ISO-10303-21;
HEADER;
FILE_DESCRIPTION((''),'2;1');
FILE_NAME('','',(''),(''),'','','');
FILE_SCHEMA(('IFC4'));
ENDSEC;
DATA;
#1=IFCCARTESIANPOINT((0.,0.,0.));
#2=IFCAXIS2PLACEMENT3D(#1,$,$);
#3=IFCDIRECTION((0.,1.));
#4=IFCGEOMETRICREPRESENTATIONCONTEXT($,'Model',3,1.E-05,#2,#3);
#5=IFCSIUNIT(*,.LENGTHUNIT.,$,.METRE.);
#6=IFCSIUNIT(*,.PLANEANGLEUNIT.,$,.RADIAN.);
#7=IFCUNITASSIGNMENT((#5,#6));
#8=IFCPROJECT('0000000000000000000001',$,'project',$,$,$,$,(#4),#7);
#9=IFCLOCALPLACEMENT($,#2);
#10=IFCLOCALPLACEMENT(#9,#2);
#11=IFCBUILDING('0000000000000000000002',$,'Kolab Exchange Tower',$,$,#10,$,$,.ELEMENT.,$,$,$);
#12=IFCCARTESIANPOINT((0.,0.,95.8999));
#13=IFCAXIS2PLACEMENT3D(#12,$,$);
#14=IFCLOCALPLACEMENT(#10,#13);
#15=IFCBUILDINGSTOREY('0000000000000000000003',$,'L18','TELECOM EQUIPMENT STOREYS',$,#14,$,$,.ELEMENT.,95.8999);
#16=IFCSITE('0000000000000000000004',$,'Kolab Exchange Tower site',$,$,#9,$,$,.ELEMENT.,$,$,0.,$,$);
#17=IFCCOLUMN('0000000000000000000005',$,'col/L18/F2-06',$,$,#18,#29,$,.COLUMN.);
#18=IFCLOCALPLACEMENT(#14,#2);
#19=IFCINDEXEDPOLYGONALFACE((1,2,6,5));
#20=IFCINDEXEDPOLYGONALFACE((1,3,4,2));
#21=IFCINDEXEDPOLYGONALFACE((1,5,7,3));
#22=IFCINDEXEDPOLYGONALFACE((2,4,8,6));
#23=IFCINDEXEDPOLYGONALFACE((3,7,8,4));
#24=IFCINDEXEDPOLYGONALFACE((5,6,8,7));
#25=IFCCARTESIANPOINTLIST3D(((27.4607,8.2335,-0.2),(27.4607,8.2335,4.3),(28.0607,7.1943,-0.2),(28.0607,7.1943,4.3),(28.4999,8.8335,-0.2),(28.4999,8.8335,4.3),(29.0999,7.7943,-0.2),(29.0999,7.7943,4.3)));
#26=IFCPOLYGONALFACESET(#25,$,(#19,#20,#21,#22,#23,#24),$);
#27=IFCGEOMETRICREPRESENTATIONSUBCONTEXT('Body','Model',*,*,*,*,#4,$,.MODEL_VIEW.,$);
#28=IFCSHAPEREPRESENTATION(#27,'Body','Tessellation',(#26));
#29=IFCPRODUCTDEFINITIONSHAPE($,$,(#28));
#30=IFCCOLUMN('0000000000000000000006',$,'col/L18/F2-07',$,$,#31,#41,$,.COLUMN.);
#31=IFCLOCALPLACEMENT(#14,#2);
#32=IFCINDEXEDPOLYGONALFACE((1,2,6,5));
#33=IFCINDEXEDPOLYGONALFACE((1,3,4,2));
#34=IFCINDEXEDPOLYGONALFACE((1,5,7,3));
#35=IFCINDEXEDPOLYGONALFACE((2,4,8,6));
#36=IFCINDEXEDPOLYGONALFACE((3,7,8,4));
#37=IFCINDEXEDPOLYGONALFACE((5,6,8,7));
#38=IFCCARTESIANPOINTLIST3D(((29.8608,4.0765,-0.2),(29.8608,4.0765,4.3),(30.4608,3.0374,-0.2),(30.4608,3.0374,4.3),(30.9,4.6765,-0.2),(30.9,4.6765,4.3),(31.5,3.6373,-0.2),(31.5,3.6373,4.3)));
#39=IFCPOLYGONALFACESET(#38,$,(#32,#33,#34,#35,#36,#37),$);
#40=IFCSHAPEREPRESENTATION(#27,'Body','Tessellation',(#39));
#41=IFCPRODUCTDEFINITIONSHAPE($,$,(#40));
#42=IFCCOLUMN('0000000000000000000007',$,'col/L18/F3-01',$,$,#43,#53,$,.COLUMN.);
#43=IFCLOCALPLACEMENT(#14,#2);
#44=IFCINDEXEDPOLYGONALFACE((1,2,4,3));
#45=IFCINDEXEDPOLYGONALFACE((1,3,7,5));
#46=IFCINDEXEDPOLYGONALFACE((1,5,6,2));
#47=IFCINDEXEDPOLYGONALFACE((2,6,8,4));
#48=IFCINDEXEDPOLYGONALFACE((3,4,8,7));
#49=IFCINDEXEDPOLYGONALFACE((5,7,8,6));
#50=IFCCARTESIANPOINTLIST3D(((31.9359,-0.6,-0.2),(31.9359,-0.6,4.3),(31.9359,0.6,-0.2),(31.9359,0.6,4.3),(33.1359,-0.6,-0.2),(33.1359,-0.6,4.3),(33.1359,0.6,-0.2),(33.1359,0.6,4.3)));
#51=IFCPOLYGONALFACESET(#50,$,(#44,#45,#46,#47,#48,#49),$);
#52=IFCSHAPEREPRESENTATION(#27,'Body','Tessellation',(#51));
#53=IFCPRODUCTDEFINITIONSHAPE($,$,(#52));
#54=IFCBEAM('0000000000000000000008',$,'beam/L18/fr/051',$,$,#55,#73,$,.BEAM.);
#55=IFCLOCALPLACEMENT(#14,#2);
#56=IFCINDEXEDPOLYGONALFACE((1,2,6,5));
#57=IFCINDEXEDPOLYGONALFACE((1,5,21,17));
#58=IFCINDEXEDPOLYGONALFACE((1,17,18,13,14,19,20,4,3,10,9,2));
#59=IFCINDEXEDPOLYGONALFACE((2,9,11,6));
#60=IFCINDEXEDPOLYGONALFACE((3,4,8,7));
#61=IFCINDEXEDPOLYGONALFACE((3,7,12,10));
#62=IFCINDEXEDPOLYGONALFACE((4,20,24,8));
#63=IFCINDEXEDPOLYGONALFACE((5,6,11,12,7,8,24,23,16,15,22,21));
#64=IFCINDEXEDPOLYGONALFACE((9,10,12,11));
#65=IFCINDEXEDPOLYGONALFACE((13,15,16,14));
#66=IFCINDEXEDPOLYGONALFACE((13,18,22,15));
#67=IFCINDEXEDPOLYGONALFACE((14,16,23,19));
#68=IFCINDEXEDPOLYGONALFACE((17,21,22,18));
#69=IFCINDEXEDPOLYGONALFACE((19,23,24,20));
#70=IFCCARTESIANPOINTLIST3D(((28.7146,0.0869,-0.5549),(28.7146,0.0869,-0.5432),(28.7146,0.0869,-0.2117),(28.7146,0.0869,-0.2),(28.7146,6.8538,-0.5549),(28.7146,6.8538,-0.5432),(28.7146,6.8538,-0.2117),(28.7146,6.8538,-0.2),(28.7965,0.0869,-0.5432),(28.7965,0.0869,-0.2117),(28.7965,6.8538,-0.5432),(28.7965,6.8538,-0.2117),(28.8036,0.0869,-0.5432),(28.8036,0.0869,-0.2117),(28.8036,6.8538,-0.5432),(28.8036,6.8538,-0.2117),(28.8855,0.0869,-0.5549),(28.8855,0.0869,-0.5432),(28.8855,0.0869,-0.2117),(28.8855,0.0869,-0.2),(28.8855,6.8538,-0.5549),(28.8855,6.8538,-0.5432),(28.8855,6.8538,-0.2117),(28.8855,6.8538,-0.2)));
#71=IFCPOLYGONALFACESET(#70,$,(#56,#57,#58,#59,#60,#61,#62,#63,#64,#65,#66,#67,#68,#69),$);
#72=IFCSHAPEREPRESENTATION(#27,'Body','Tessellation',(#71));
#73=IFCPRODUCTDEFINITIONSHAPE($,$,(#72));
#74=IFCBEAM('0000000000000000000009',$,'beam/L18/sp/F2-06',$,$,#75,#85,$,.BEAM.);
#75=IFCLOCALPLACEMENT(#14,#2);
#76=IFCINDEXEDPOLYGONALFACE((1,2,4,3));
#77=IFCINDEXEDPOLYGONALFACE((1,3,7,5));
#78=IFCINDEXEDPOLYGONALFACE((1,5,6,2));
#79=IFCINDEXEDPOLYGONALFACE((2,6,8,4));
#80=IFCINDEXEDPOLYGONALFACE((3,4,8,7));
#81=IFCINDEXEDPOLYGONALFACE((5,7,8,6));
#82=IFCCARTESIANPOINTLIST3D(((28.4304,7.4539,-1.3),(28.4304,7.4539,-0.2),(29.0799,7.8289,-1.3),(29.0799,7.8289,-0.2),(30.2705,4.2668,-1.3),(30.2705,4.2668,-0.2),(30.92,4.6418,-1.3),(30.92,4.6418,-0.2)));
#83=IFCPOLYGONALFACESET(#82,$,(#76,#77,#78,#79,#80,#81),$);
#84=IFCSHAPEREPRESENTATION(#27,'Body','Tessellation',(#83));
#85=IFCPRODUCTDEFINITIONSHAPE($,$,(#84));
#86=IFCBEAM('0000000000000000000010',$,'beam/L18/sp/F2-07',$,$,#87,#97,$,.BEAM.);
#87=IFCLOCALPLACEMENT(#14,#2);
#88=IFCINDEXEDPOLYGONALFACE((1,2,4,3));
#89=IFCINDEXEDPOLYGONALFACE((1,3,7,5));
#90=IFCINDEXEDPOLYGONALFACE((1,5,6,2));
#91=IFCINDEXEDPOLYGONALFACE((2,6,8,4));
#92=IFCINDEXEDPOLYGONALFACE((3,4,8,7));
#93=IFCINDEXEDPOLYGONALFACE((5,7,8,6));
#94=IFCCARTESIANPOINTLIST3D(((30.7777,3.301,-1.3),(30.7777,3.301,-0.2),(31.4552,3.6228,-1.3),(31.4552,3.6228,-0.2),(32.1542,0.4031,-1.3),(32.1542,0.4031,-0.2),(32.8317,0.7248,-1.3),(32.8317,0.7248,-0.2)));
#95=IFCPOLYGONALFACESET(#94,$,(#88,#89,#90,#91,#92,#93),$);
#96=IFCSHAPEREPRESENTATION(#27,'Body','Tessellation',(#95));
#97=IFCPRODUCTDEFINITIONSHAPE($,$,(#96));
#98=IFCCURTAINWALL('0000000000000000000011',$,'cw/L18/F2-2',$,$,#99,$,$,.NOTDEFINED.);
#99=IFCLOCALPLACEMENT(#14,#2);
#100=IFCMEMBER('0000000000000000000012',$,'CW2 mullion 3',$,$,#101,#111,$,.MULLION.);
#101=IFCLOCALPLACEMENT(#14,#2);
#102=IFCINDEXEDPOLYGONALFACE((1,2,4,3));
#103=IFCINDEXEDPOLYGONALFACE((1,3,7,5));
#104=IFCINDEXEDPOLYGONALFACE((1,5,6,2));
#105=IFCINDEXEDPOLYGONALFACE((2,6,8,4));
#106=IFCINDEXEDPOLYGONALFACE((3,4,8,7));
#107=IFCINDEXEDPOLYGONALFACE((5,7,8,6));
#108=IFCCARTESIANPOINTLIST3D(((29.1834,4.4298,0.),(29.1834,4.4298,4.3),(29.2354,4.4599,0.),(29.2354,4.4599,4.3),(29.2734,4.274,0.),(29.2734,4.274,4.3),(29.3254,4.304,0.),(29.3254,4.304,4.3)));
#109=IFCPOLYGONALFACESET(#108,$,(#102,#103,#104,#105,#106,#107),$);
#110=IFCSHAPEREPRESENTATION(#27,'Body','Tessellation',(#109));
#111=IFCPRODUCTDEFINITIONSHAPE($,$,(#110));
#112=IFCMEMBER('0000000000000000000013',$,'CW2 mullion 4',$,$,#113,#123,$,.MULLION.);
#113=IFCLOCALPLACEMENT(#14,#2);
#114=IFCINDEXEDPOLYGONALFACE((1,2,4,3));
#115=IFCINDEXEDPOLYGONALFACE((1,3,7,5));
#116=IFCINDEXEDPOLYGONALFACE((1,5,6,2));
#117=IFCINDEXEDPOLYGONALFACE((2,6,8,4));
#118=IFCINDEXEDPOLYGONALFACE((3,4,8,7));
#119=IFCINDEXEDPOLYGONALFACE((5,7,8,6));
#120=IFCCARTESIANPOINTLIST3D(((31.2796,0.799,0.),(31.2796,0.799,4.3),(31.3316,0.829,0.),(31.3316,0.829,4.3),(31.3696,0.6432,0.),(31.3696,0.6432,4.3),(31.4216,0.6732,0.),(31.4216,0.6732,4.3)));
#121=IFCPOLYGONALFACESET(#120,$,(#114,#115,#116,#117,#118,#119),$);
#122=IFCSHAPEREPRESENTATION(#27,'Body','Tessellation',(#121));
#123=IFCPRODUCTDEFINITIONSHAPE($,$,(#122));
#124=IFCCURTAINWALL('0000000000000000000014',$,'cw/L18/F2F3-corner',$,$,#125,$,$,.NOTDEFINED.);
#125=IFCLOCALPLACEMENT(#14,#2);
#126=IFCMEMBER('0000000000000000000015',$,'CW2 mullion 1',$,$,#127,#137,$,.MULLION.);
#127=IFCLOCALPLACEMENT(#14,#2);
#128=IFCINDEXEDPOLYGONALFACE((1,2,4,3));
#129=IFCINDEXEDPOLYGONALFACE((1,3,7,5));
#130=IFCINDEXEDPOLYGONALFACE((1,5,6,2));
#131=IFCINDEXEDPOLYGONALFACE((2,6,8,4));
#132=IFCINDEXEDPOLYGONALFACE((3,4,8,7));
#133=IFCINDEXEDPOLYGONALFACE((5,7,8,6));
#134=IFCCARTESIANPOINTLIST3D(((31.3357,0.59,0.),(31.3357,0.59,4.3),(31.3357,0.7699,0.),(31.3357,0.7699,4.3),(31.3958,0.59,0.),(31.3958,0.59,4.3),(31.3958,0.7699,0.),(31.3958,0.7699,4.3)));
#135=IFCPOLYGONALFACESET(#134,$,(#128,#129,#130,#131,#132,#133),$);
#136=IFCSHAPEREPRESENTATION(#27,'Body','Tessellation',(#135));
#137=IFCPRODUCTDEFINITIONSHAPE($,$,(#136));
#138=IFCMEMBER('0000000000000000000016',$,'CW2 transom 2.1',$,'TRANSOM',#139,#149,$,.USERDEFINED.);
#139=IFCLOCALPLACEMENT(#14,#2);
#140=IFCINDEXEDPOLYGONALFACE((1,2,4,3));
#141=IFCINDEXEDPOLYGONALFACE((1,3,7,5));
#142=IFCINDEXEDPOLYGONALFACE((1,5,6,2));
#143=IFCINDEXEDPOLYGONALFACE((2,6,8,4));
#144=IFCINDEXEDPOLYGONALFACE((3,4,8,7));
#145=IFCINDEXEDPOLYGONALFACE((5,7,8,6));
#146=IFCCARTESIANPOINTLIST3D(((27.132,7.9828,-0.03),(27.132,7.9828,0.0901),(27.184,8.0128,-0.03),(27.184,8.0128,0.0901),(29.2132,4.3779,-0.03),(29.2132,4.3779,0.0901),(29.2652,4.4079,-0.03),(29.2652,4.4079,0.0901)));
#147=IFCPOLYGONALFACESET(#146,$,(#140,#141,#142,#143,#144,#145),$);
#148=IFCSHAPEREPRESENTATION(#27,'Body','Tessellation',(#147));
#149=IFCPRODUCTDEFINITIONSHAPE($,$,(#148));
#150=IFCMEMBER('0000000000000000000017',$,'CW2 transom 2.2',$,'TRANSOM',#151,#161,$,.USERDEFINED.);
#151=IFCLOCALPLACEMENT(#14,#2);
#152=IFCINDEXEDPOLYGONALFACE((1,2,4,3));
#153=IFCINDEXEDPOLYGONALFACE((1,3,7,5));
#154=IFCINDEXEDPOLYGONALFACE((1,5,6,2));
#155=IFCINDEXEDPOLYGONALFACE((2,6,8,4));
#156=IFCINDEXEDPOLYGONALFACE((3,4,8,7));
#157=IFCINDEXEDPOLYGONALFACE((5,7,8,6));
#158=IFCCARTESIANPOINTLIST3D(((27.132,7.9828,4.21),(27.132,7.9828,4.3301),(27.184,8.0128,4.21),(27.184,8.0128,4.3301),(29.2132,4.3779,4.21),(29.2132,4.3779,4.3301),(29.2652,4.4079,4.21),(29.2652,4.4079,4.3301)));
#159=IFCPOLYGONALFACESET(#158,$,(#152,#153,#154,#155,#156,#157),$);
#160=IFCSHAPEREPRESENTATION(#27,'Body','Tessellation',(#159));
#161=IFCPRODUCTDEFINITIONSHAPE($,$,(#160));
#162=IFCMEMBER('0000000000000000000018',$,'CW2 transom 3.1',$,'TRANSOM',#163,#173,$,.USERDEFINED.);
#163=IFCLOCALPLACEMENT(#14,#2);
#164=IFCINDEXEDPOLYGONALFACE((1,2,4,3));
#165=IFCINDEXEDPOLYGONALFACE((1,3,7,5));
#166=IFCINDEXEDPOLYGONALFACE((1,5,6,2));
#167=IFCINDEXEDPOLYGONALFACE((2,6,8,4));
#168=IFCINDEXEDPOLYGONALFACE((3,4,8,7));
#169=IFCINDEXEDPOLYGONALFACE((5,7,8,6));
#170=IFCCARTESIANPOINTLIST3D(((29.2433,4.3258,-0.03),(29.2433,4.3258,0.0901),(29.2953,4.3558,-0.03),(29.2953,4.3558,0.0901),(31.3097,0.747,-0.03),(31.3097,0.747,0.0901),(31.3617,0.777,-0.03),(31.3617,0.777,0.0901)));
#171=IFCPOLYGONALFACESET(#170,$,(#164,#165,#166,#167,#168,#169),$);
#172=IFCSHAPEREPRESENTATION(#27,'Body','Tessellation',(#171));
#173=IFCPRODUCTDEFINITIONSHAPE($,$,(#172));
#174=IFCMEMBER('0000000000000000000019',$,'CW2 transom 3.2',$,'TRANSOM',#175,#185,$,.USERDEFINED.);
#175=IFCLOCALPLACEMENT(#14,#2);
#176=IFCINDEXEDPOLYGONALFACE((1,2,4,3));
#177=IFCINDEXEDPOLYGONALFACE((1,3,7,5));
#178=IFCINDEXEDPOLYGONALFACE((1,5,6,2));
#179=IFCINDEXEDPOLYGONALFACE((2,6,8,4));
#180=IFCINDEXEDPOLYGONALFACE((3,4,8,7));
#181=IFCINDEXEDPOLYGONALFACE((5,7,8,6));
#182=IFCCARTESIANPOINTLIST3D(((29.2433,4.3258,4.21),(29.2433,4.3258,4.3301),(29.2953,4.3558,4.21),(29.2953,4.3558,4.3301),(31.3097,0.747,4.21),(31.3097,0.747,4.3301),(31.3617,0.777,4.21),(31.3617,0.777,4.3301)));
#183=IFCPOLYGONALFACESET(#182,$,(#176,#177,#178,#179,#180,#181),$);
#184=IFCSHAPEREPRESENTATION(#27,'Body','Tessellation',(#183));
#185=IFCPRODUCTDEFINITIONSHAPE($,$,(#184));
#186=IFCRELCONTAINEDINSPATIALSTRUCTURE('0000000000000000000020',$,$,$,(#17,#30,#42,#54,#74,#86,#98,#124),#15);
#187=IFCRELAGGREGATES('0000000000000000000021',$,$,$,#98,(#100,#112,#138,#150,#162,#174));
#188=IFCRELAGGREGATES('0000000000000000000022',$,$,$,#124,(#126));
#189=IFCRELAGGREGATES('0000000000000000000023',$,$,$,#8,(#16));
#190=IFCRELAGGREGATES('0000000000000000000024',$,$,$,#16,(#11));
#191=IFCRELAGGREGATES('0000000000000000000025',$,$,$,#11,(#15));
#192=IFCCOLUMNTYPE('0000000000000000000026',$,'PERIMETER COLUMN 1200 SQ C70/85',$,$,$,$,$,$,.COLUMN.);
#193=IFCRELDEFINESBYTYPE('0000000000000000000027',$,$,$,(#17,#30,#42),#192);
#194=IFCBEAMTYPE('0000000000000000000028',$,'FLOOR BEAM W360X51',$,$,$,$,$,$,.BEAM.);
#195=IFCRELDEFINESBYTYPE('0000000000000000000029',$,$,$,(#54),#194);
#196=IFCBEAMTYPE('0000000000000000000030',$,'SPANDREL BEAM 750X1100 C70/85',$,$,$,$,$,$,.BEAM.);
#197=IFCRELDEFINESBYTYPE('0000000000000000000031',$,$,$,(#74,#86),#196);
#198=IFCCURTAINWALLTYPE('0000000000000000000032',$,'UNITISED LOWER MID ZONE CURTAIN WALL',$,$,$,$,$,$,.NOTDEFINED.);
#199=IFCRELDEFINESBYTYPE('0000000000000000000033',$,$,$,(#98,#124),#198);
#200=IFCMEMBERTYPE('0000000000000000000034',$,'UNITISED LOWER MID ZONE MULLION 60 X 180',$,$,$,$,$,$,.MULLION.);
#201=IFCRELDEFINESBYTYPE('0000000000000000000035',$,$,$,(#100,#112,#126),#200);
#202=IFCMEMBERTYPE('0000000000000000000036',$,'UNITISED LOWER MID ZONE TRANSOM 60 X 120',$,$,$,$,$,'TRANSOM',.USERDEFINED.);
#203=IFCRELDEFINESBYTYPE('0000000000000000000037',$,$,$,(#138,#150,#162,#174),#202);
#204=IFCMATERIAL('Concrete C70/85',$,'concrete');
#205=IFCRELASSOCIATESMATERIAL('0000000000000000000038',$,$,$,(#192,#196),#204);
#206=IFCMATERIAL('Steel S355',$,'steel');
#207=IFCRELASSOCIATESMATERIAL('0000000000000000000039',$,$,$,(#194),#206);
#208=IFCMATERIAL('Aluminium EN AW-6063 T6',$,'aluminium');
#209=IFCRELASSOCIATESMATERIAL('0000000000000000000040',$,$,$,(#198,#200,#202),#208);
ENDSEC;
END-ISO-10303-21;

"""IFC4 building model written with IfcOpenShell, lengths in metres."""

from ifc_helpers import new_model, si_unit, direction, frame, origin, origin_2d, place, context, subcontext, project, spatial, rectangle, i_section, extrude, material, material_profile, profile_set, type_object, element, aggregate, save


model = new_model("IFC4")

# Units and contexts
model_context = context("Model", 3, precision=1e-05, world=origin(), true_north=direction((0.0, 1.0)))
body_context = subcontext(model_context, "Body", "Model", "MODEL_VIEW")
ifc_project = project(units=[si_unit("LENGTHUNIT", "METRE"), si_unit("PLANEANGLEUNIT", "RADIAN")], contexts=[model_context])

# Site, building, storey
site_placement = place(None, origin())
site = spatial("IfcSite", under=ifc_project, at=site_placement, Name="Kolab Exchange Tower site", CompositionType="ELEMENT", RefElevation=0.0)
building_placement = place(site_placement, origin())
building = spatial("IfcBuilding", under=site, at=building_placement, Name="Kolab Exchange Tower", CompositionType="ELEMENT")
storey_placement = place(building_placement, frame((0.0, 0.0, 95.8999)))
storey = spatial("IfcBuildingStorey", under=building, at=storey_placement, Name="L18", Description="TELECOM EQUIPMENT STOREYS", CompositionType="ELEMENT", Elevation=95.8999)

# Columns
ifc_material_1 = material(Name="Concrete C70/85", Category="concrete")
ifc_material_profile_1 = material_profile(ifc_material_1, rectangle(XDim=1.2, YDim=1.2, at=origin_2d()), Name="RC1200")
ifc_profile_set_1 = profile_set([ifc_material_profile_1], Name="Concrete C70/85")
column_type = type_object("IfcColumnType", Name="PERIMETER COLUMN 1200 SQ C70/85", PredefinedType="COLUMN", material=ifc_profile_set_1)
for number, where, z_axis, x_axis, name in (
    (1, (28.2803, 8.0139, -0.2), (0.0, 0.0, 1.0), (0.866025, 0.5, 0.0), "col/L18/F2-06"),
    (2, (30.6804, 3.8569, -0.2), (0.0, 0.0, 1.0), (0.866025, 0.5, 0.0), "col/L18/F2-07"),
    (3, (32.5359, 0.0, -0.2), (0.0, 0.0, 1.0), (1.0, 0.0, 0.0), "col/L18/F3-01"),
):
    element("IfcColumn", number, at=place(storey_placement, frame(where, z_axis=z_axis, x_axis=x_axis)), inside=storey, type_object=column_type, Name=name, PredefinedType="COLUMN", context=body_context, shape_type="SweptSolid", body=[
        extrude(rectangle(XDim=1.2, YDim=1.2, at=origin_2d()), origin(), (0.0, 0.0, 1.0), 4.5),
    ])

# Beams
ifc_material_2 = material(Name="Steel S355", Category="steel")
ifc_material_profile_2 = material_profile(ifc_material_2, i_section(OverallWidth=0.1709, OverallDepth=0.355, WebThickness=0.0071, FlangeThickness=0.0117, at=origin_2d()), Name="W360X51")
ifc_profile_set_2 = profile_set([ifc_material_profile_2], Name="Steel S355")
beam_type_1 = type_object("IfcBeamType", Name="FLOOR BEAM W360X51", PredefinedType="BEAM", material=ifc_profile_set_2)
beam_1_placement = place(storey_placement, frame((28.8, 0.0869, -0.3774), z_axis=(0.0, 1.0, 0.0), x_axis=(-1.0, 0.0, 0.0)))
element("IfcBeam", 4, at=beam_1_placement, inside=storey, type_object=beam_type_1, Name="beam/L18/fr/051", PredefinedType="BEAM", context=body_context, shape_type="SweptSolid", body=[
    extrude(i_section(OverallWidth=0.1709, OverallDepth=0.355, WebThickness=0.0071, FlangeThickness=0.0117, at=origin_2d()), origin(), (0.0, 0.0, 1.0), 6.7668),
])
ifc_material_profile_3 = material_profile(ifc_material_1, rectangle(XDim=0.75, YDim=1.1001, at=origin_2d()), Name="RC750X1100")
ifc_profile_set_3 = profile_set([ifc_material_profile_3], Name="Concrete C70/85")
beam_type_2 = type_object("IfcBeamType", Name="SPANDREL BEAM 750X1100 C70/85", PredefinedType="BEAM", material=ifc_profile_set_3)
beam_2_placement = place(storey_placement, frame((28.7551, 7.6414, -0.75), z_axis=(0.500013, -0.866018, 0.0), x_axis=(0.866018, 0.500013, 0.0)))
element("IfcBeam", 5, at=beam_2_placement, inside=storey, type_object=beam_type_2, Name="beam/L18/sp/F2-06", PredefinedType="BEAM", context=body_context, shape_type="SweptSolid", body=[
    extrude(rectangle(XDim=0.75, YDim=1.1001, at=origin_2d()), origin(), (0.0, 0.0, 1.0), 3.6802),
])
beam_3_placement = place(storey_placement, frame((31.1165, 3.4619, -0.75), z_axis=(0.429041, -0.903285, 0.0), x_axis=(0.903285, 0.429041, 0.0)))
element("IfcBeam", 6, at=beam_3_placement, inside=storey, type_object=beam_type_2, Name="beam/L18/sp/F2-07", PredefinedType="BEAM", context=body_context, shape_type="SweptSolid", body=[
    extrude(rectangle(XDim=0.75, YDim=1.1001, at=origin_2d()), origin(), (0.0, 0.0, 1.0), 3.2083),
])

# Curtain wall, members
ifc_material_3 = material(Name="Aluminium EN AW-6063 T6", Category="aluminium")
curtain_wall_type = type_object("IfcCurtainWallType", Name="UNITISED LOWER MID ZONE CURTAIN WALL", PredefinedType="NOTDEFINED", material=ifc_material_3)
curtain_wall_1_placement = place(storey_placement, origin())
curtain_wall_1 = element("IfcCurtainWall", 7, at=curtain_wall_1_placement, inside=storey, type_object=curtain_wall_type, Name="cw/L18/F2-2", PredefinedType="NOTDEFINED")
ifc_material_profile_4 = material_profile(ifc_material_3, rectangle(XDim=0.0601, YDim=0.1799, at=origin_2d()), Name="RECT 60X180")
ifc_profile_set_4 = profile_set([ifc_material_profile_4], Name="Aluminium EN AW-6063 T6")
member_type_1 = type_object("IfcMemberType", Name="UNITISED LOWER MID ZONE MULLION 60 X 180", PredefinedType="MULLION", material=ifc_profile_set_4)
member_1_placement = place(storey_placement, frame((29.2544, 4.3669, 0.0), z_axis=(0.0, 0.0, 1.0), x_axis=(0.866025, 0.5, 0.0)))
member_1 = element("IfcMember", 8, at=member_1_placement, type_object=member_type_1, Name="CW2 mullion 3", PredefinedType="MULLION", context=body_context, shape_type="SweptSolid", body=[
    extrude(rectangle(XDim=0.0601, YDim=0.1799, at=origin_2d()), origin(), (0.0, 0.0, 1.0), 4.3),
])
member_2_placement = place(storey_placement, frame((31.3506, 0.7361, 0.0), z_axis=(0.0, 0.0, 1.0), x_axis=(0.866025, 0.5, 0.0)))
member_2 = element("IfcMember", 9, at=member_2_placement, type_object=member_type_1, Name="CW2 mullion 4", PredefinedType="MULLION", context=body_context, shape_type="SweptSolid", body=[
    extrude(rectangle(XDim=0.0601, YDim=0.1799, at=origin_2d()), origin(), (0.0, 0.0, 1.0), 4.3),
])

# Curtain wall, member
curtain_wall_2_placement = place(storey_placement, origin())
curtain_wall_2 = element("IfcCurtainWall", 10, at=curtain_wall_2_placement, inside=storey, type_object=curtain_wall_type, Name="cw/L18/F2F3-corner", PredefinedType="NOTDEFINED")
member_3_placement = place(storey_placement, frame((31.3657, 0.6799, 0.0), z_axis=(0.0, 0.0, 1.0), x_axis=(1.0, 0.0, 0.0)))
member_3 = element("IfcMember", 11, at=member_3_placement, type_object=member_type_1, Name="CW2 mullion 1", PredefinedType="MULLION", context=body_context, shape_type="SweptSolid", body=[
    extrude(rectangle(XDim=0.0601, YDim=0.1799, at=origin_2d()), origin(), (0.0, 0.0, 1.0), 4.3),
])

# Members
ifc_material_profile_5 = material_profile(ifc_material_3, rectangle(XDim=0.0601, YDim=0.1201, at=origin_2d()), Name="RECT 60X120")
ifc_profile_set_5 = profile_set([ifc_material_profile_5], Name="Aluminium EN AW-6063 T6")
member_type_2 = type_object("IfcMemberType", Name="UNITISED LOWER MID ZONE TRANSOM 60 X 120", ElementType="TRANSOM", PredefinedType="USERDEFINED", material=ifc_profile_set_5)
member_4_placement = place(storey_placement, frame((27.158, 7.9978, 0.03), z_axis=(0.499993, -0.866029, 0.0), x_axis=(0.866029, 0.499993, 0.0)))
member_4 = element("IfcMember", 12, at=member_4_placement, type_object=member_type_2, Name="CW2 transom 2.1", ObjectType="TRANSOM", PredefinedType="USERDEFINED", context=body_context, shape_type="SweptSolid", body=[
    extrude(rectangle(XDim=0.0601, YDim=0.1201, at=origin_2d()), origin(), (0.0, 0.0, 1.0), 4.1626),
])
member_5_placement = place(storey_placement, frame((27.158, 7.9978, 4.27), z_axis=(0.499993, -0.866029, 0.0), x_axis=(0.866029, 0.499993, 0.0)))
member_5 = element("IfcMember", 13, at=member_5_placement, type_object=member_type_2, Name="CW2 transom 2.2", ObjectType="TRANSOM", PredefinedType="USERDEFINED", context=body_context, shape_type="SweptSolid", body=[
    extrude(rectangle(XDim=0.0601, YDim=0.1201, at=origin_2d()), origin(), (0.0, 0.0, 1.0), 4.1626),
])
member_6_placement = place(storey_placement, frame((29.2693, 4.3408, 0.03), z_axis=(0.500028, -0.866009, 0.0), x_axis=(0.866009, 0.500028, 0.0)))
member_6 = element("IfcMember", 14, at=member_6_placement, type_object=member_type_2, Name="CW2 transom 3.1", ObjectType="TRANSOM", PredefinedType="USERDEFINED", context=body_context, shape_type="SweptSolid", body=[
    extrude(rectangle(XDim=0.0601, YDim=0.1201, at=origin_2d()), origin(), (0.0, 0.0, 1.0), 4.1326),
])
member_7_placement = place(storey_placement, frame((29.2693, 4.3408, 4.27), z_axis=(0.500028, -0.866009, 0.0), x_axis=(0.866009, 0.500028, 0.0)))
member_7 = element("IfcMember", 15, at=member_7_placement, type_object=member_type_2, Name="CW2 transom 3.2", ObjectType="TRANSOM", PredefinedType="USERDEFINED", context=body_context, shape_type="SweptSolid", body=[
    extrude(rectangle(XDim=0.0601, YDim=0.1201, at=origin_2d()), origin(), (0.0, 0.0, 1.0), 4.1326),
])

aggregate(curtain_wall_1, [member_1, member_2, member_4, member_5, member_6, member_7])
aggregate(curtain_wall_2, [member_3])

save(model, "model.ifc")
